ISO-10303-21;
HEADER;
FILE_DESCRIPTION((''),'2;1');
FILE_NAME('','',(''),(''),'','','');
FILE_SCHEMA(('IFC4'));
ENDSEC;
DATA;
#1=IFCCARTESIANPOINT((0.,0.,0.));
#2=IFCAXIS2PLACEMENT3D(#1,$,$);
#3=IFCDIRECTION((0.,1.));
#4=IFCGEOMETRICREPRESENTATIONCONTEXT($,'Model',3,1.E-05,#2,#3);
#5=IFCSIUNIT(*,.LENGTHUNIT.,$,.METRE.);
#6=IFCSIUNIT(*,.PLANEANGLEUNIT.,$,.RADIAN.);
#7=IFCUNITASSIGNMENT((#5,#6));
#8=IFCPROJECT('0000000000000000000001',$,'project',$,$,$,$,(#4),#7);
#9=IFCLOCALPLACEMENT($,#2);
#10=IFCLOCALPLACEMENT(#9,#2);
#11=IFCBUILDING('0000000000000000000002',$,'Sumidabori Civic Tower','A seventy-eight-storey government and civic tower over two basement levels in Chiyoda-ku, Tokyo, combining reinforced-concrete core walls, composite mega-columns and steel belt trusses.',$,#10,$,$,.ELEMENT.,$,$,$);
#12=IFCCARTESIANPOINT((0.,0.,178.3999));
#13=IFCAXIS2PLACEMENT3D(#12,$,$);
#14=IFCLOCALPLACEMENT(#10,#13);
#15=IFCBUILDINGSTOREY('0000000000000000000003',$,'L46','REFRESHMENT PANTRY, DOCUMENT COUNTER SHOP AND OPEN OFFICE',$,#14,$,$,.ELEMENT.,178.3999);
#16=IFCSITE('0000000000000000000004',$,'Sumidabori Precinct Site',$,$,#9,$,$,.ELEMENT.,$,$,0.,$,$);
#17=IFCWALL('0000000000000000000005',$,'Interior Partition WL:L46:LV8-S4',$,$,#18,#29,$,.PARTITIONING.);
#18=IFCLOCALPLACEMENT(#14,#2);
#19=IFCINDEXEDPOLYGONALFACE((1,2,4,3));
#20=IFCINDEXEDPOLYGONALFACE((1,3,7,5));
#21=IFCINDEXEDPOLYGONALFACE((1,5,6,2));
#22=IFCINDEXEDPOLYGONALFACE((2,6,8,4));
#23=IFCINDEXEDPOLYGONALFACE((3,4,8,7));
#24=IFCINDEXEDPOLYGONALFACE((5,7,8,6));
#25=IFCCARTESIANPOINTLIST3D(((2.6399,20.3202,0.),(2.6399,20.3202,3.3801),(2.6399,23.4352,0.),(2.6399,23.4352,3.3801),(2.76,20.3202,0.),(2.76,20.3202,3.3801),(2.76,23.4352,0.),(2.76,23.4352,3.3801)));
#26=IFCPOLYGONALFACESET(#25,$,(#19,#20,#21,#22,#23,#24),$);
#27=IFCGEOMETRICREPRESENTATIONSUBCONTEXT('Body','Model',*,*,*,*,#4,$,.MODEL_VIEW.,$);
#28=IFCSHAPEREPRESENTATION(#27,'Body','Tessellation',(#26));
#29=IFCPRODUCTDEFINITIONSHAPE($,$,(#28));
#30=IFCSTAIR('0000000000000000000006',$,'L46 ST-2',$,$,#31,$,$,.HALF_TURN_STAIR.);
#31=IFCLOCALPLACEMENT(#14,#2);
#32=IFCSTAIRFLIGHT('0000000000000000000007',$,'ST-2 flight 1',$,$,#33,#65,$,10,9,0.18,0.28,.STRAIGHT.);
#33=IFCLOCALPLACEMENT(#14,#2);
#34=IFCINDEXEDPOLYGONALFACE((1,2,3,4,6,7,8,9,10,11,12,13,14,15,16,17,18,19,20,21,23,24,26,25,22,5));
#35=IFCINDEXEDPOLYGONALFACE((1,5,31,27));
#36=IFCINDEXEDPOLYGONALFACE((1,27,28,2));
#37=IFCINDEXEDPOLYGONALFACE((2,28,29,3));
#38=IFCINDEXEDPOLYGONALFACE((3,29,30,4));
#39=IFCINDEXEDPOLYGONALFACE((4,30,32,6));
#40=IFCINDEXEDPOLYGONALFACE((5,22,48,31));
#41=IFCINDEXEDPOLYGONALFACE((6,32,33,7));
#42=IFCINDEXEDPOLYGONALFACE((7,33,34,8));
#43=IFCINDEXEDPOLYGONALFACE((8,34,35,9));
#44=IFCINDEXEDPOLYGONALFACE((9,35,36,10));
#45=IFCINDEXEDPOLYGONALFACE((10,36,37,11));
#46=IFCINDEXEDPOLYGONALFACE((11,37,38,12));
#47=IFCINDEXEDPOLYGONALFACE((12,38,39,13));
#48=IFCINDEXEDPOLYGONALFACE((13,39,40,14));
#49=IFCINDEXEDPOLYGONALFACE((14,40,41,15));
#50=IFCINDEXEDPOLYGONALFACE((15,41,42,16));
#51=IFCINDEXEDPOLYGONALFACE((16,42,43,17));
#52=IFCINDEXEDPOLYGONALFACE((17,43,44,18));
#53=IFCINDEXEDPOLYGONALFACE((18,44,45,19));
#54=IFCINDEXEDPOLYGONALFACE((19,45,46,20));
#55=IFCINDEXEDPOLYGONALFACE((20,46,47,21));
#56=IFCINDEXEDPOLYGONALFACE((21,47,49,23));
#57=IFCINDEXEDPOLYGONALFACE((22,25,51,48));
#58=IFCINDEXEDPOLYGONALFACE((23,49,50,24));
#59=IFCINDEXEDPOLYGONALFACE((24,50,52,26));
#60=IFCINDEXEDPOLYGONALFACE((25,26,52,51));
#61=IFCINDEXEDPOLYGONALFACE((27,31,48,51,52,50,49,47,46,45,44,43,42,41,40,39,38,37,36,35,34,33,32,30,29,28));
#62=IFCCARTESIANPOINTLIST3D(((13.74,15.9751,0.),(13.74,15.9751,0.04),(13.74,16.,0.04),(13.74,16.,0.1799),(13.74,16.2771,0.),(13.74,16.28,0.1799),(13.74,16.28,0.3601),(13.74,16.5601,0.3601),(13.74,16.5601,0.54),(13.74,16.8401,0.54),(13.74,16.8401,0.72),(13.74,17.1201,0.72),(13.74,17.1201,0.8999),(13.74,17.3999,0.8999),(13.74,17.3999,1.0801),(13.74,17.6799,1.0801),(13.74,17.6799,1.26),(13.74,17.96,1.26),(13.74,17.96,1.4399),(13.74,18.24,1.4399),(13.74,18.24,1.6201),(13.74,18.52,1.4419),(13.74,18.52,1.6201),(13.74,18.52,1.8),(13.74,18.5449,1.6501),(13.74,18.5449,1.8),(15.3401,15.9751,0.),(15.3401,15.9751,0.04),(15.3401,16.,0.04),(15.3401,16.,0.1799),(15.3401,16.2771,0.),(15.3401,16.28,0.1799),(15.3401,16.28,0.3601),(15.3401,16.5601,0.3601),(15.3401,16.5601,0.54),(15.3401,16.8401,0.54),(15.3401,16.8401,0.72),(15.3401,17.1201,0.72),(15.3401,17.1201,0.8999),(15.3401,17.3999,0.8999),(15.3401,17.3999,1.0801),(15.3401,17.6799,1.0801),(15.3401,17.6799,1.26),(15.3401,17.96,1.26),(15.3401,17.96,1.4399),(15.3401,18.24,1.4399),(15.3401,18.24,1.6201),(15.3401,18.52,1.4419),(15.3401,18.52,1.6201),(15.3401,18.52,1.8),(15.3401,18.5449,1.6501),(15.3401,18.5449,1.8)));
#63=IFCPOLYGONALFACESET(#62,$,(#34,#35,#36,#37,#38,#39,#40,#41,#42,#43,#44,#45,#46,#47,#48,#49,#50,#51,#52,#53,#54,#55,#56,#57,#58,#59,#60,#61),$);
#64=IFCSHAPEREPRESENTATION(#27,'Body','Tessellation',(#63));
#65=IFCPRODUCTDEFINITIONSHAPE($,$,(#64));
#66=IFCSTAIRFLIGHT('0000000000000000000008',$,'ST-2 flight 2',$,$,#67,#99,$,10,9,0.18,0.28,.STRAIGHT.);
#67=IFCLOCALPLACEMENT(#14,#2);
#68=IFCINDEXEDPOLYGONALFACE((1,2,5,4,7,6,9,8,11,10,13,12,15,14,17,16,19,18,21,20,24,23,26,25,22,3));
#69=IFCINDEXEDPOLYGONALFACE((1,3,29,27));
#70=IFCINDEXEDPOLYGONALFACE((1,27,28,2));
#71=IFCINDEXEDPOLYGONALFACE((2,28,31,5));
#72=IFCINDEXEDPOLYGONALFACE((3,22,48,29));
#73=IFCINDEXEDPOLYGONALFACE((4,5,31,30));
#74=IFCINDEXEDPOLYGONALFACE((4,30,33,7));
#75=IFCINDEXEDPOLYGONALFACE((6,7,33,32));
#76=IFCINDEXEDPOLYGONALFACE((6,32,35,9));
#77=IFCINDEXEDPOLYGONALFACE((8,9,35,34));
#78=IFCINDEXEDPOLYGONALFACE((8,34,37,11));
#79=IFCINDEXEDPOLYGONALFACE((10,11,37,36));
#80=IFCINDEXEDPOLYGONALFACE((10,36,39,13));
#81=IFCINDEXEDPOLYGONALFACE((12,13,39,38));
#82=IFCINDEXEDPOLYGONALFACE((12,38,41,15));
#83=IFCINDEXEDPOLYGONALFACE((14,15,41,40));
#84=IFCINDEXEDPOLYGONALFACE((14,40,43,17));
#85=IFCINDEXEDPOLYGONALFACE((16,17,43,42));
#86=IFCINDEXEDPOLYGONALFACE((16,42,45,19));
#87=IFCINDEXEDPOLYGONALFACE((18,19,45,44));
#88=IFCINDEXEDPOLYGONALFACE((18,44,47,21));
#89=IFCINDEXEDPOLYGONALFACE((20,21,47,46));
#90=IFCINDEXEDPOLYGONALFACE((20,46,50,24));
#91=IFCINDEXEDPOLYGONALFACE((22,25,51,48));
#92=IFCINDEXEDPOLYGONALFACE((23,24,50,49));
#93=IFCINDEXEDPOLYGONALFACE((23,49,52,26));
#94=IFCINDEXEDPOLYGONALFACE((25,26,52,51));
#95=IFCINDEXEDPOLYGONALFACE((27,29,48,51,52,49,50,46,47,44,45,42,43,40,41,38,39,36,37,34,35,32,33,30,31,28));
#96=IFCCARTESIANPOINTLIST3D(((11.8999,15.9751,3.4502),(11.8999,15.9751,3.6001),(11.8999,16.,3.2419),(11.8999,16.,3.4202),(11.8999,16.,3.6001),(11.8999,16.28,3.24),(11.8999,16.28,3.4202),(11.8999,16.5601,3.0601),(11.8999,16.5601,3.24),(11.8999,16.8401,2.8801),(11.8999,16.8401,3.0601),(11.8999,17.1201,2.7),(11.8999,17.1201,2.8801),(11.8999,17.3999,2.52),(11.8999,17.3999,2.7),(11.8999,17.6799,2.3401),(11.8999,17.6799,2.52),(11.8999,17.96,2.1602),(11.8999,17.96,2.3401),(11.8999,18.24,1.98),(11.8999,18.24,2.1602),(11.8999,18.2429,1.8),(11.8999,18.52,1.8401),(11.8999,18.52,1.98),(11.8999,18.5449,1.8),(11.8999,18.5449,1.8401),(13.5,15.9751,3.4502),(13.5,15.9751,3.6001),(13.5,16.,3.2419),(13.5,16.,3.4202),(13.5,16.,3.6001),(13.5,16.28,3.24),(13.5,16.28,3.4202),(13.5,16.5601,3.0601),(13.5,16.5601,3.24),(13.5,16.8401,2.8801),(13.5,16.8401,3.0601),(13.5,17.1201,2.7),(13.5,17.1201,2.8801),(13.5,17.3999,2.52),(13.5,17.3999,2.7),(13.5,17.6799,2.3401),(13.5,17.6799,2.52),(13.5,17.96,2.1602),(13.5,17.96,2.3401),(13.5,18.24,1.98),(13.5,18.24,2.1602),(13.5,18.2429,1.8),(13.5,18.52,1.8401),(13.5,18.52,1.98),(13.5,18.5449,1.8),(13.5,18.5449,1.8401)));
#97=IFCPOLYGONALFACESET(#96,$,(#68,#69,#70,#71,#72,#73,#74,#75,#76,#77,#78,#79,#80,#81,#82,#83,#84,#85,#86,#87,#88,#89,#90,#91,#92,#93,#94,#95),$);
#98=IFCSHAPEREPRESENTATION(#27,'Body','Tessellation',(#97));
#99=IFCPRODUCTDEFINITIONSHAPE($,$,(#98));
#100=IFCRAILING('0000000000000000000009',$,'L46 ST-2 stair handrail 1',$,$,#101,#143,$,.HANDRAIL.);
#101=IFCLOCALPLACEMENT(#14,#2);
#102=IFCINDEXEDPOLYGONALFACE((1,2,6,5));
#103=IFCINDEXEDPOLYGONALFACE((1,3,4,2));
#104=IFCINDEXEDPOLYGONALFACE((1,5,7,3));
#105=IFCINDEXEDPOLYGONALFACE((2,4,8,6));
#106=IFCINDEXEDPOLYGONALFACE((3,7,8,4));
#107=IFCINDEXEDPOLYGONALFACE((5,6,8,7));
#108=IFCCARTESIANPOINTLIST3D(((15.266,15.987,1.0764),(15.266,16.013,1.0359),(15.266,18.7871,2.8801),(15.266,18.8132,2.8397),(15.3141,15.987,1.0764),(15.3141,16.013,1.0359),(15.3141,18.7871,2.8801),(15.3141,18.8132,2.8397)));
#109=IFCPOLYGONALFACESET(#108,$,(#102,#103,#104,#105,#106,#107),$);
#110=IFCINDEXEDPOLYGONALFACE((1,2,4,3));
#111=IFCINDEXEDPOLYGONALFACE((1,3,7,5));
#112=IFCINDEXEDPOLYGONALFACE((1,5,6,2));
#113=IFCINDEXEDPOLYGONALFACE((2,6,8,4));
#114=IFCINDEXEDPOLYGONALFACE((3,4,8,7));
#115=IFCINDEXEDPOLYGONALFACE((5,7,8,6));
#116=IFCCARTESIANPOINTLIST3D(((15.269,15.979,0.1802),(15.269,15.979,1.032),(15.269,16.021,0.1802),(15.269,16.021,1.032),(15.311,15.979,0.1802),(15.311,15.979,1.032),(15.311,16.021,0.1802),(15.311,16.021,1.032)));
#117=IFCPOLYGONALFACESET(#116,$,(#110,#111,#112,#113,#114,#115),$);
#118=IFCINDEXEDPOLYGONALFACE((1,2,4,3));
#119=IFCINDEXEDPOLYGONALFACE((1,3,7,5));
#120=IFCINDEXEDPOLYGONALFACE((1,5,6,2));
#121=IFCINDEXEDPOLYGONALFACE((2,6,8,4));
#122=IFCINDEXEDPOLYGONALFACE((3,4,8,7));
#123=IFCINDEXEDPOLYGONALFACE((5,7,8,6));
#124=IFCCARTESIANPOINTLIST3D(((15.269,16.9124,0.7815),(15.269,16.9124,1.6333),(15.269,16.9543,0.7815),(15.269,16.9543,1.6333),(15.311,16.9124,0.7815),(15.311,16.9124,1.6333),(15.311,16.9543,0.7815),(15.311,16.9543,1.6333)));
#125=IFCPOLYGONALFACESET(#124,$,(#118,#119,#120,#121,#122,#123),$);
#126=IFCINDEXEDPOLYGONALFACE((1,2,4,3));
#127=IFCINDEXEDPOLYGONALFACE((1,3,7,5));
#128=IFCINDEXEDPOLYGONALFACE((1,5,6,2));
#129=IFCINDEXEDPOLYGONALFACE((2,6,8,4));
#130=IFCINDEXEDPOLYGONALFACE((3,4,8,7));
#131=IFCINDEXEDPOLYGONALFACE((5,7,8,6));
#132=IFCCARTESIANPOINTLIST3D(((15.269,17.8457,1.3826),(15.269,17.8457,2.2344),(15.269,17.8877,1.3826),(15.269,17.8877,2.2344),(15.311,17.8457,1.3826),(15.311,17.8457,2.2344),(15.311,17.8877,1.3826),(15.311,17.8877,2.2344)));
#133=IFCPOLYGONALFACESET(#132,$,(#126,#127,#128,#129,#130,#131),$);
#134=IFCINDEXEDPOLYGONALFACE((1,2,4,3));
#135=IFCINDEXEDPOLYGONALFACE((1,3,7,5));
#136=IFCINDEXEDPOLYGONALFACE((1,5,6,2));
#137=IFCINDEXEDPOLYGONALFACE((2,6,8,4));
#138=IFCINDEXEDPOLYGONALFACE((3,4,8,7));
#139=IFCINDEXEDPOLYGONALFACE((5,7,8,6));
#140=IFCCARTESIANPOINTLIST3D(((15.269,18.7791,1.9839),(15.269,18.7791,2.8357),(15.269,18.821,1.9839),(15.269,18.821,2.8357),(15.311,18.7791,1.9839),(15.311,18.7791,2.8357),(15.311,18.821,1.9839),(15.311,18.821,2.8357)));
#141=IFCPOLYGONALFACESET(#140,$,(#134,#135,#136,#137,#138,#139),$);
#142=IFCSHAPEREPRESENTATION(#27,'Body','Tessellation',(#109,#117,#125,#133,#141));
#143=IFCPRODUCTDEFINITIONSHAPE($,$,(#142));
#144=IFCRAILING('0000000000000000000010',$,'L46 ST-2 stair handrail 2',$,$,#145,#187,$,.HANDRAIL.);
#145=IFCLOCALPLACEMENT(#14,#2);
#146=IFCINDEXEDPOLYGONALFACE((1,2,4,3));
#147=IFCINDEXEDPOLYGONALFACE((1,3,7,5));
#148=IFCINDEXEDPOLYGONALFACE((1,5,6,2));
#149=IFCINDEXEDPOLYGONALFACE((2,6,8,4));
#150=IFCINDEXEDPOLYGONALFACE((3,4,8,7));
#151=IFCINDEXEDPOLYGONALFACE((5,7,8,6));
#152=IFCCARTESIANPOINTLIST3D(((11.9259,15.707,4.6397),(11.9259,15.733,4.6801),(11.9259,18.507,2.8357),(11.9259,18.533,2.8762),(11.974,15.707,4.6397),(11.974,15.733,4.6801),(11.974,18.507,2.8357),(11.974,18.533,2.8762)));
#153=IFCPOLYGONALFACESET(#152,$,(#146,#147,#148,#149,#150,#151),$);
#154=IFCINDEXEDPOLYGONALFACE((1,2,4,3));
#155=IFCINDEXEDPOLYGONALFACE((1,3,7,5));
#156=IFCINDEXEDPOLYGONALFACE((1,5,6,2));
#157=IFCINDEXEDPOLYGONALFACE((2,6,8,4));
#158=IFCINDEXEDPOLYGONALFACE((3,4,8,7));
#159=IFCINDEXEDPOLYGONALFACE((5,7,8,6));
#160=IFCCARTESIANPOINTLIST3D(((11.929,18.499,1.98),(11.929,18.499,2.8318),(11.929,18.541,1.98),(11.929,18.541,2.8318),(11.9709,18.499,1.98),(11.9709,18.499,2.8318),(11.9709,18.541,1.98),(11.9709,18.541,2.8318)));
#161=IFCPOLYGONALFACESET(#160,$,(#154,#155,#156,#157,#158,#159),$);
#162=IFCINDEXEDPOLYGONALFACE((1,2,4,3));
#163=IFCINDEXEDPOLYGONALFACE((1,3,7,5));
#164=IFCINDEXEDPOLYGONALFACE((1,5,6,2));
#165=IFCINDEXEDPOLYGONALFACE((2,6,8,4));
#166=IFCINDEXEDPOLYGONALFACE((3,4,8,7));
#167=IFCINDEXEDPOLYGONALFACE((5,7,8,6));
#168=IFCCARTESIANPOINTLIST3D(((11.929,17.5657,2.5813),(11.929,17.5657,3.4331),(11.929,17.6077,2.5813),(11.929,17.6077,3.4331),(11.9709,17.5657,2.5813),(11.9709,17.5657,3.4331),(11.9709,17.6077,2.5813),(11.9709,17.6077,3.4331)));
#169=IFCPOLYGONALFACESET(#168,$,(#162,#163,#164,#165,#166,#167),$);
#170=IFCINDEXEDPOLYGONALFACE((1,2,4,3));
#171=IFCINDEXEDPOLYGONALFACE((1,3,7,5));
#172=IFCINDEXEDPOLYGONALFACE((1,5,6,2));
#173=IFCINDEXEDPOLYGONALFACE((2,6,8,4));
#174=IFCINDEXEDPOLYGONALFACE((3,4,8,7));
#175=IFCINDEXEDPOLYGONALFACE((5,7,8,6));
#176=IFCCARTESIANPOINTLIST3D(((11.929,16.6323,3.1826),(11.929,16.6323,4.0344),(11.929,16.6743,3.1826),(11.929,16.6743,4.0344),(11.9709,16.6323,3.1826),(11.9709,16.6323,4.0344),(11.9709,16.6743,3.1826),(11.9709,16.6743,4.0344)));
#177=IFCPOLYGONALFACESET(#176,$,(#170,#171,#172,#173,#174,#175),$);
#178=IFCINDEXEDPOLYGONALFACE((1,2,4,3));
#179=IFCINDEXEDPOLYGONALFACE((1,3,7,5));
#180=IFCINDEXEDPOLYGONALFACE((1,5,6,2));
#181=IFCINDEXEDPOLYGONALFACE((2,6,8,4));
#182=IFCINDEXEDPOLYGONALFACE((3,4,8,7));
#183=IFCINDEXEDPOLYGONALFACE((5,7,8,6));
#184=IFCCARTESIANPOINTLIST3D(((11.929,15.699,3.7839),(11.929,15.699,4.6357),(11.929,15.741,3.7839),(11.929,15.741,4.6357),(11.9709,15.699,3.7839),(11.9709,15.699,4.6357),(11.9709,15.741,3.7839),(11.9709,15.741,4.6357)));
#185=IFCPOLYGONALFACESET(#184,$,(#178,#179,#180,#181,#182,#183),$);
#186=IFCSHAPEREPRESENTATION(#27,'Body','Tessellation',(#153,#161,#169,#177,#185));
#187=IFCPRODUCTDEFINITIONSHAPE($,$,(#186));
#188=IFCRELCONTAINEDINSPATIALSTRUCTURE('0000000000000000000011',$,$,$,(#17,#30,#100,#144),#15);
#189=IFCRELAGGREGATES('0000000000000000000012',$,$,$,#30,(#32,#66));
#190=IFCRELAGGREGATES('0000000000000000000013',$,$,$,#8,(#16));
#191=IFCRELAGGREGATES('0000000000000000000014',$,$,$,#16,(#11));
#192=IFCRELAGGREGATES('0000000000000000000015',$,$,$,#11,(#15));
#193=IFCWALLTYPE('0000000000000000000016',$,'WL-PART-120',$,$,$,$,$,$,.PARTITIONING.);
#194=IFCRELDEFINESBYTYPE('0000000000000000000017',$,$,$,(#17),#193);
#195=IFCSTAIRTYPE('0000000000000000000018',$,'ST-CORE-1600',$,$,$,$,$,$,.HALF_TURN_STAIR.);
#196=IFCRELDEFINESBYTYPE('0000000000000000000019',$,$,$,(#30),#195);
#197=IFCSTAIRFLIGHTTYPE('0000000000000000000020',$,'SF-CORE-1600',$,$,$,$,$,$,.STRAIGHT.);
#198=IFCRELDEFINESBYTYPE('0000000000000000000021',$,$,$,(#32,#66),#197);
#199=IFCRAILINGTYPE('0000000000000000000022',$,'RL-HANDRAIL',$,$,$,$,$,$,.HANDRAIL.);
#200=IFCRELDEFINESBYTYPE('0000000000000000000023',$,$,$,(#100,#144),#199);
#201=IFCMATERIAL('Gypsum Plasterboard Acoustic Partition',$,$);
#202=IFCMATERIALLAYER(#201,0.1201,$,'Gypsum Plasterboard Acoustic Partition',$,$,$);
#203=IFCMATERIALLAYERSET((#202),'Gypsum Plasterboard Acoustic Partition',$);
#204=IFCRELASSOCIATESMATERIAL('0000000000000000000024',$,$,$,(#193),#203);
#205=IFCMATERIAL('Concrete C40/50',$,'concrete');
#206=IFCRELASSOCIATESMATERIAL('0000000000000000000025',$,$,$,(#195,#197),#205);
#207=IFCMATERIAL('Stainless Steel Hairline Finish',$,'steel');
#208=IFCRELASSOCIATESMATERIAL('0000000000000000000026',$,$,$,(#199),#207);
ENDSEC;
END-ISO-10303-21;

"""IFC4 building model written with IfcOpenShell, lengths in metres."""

from ifc_helpers import new_model, si_unit, direction, frame, frame_2d, origin, origin_2d, place, context, subcontext, project, spatial, polyline, rectangle, outline, extrude, source, transform, mapped, material, layer, layer_set, type_object, element, aggregate, save


model = new_model("IFC4")

# Units and contexts
model_context = context("Model", 3, precision=1e-05, world=origin(), true_north=direction((0.0, 1.0)))
body_context = subcontext(model_context, "Body", "Model", "MODEL_VIEW")
ifc_project = project(units=[si_unit("LENGTHUNIT", "METRE"), si_unit("PLANEANGLEUNIT", "RADIAN")], contexts=[model_context])

# Site, building, storey
site_placement = place(None, origin())
site = spatial("IfcSite", under=ifc_project, at=site_placement, Name="Sumidabori Precinct Site", CompositionType="ELEMENT", RefElevation=0.0)
building_placement = place(site_placement, origin())
building = spatial("IfcBuilding", under=site, at=building_placement, Name="Sumidabori Civic Tower", Description="A seventy-eight-storey government and civic tower over two basement levels in Chiyoda-ku, Tokyo, combining reinforced-concrete core walls, composite mega-columns and steel belt trusses.", CompositionType="ELEMENT")
storey_placement = place(building_placement, frame((0.0, 0.0, 178.3999)))
storey = spatial("IfcBuildingStorey", under=building, at=storey_placement, Name="L46", Description="REFRESHMENT PANTRY, DOCUMENT COUNTER SHOP AND OPEN OFFICE", CompositionType="ELEMENT", Elevation=178.3999)

# Wall
ifc_material_1 = material(Name="Gypsum Plasterboard Acoustic Partition")
ifc_layer_1 = layer(ifc_material_1, 0.1201, Name="Gypsum Plasterboard Acoustic Partition")
ifc_layer_set_1 = layer_set([ifc_layer_1], Name="Gypsum Plasterboard Acoustic Partition")
wall_type_1 = type_object("IfcWallType", Name="WL-PART-120", PredefinedType="PARTITIONING", material=ifc_layer_set_1)
shared_shape_1 = source(origin(), body_context, "Body", "SweptSolid", [
    extrude(rectangle(XDim=3.115, YDim=0.1201, at=frame_2d((1.5576, 0.0))), origin(), (0.0, 0.0, 1.0), 3.3801),
])
wall_1_placement = place(storey_placement, frame((2.7, 20.3201, 0.0), z_axis=(0.0, 0.0, 1.0), x_axis=(0.0, 1.0, 0.0)))
element("IfcWall", 1, at=wall_1_placement, inside=storey, type_object=wall_type_1, Name="Interior Partition WL:L46:LV8-S4", PredefinedType="PARTITIONING", context=body_context, shape_type="MappedRepresentation", body=[
    mapped(shared_shape_1, transform((0.0, 0.0, 0.0), x_axis=(1.0, 0.0, 0.0), y_axis=(0.0, 1.0, 0.0), z_axis=(0.0, 0.0, 1.0), scale=1.0)),
])

# Stair, stair flights
ifc_material_2 = material(Name="Concrete C40/50", Category="concrete")
stair_type = type_object("IfcStairType", Name="ST-CORE-1600", PredefinedType="HALF_TURN_STAIR", material=ifc_material_2)
stair_placement = place(storey_placement, origin())
stair = element("IfcStair", 2, at=stair_placement, inside=storey, type_object=stair_type, Name="L46 ST-2", PredefinedType="HALF_TURN_STAIR")
stair_flight_type = type_object("IfcStairFlightType", Name="SF-CORE-1600", PredefinedType="STRAIGHT", material=ifc_material_2)
shared_shape_2 = source(origin(), body_context, "Body", "SweptSolid", [
    extrude(outline(polyline([(-0.0249, 0.0), (-0.0249, 0.04), (0.0, 0.04), (0.0, 0.1799), (0.28, 0.1799), (0.28, 0.3601), (0.5601, 0.3601), (0.5601, 0.54), (0.8401, 0.54), (0.8401, 0.72), (1.1201, 0.72), (1.1201, 0.8999), (1.3999, 0.8999), (1.3999, 1.0801), (1.6799, 1.0801), (1.6799, 1.26), (1.96, 1.26), (1.96, 1.4399), (2.24, 1.4399), (2.24, 1.6201), (2.52, 1.6201), (2.52, 1.8), (2.5449, 1.8), (2.5449, 1.6501), (2.52, 1.4419), (0.2771, 0.0), (-0.0249, 0.0)])), frame((0.0, 0.8, 0.0), z_axis=(0.0, -1.0, 0.0), x_axis=(1.0, 0.0, 0.0)), (0.0, 0.0, 1.0), 1.6001),
])
stair_flight_1_placement = place(storey_placement, frame((14.54, 16.0, 0.0), z_axis=(0.0, 0.0, 1.0), x_axis=(0.0, 1.0, 0.0)))
stair_flight_1 = element("IfcStairFlight", 3, at=stair_flight_1_placement, type_object=stair_flight_type, Name="ST-2 flight 1", NumberOfRisers=10, NumberOfTreads=9, PredefinedType="STRAIGHT", RiserHeight=0.18, TreadLength=0.28, context=body_context, shape_type="MappedRepresentation", body=[
    mapped(shared_shape_2, transform((0.0, 0.0, 0.0), x_axis=(1.0, 0.0, 0.0), y_axis=(0.0, 1.0, 0.0), z_axis=(0.0, 0.0, 1.0), scale=1.0)),
])
stair_flight_2_placement = place(storey_placement, frame((12.7, 18.52, 1.8), z_axis=(0.0, 0.0, 1.0), x_axis=(0.0, -1.0, 0.0)))
stair_flight_2 = element("IfcStairFlight", 4, at=stair_flight_2_placement, type_object=stair_flight_type, Name="ST-2 flight 2", NumberOfRisers=10, NumberOfTreads=9, PredefinedType="STRAIGHT", RiserHeight=0.18, TreadLength=0.28, context=body_context, shape_type="MappedRepresentation", body=[
    mapped(shared_shape_2, transform((0.0, 0.0, 0.0), x_axis=(1.0, 0.0, 0.0), y_axis=(0.0, 1.0, 0.0), z_axis=(0.0, 0.0, 1.0), scale=1.0)),
])
aggregate(stair, [stair_flight_1, stair_flight_2])

# Railings
ifc_material_3 = material(Name="Stainless Steel Hairline Finish", Category="steel")
railing_type_1 = type_object("IfcRailingType", Name="RL-HANDRAIL", PredefinedType="HANDRAIL", material=ifc_material_3)
railing_1_placement = place(storey_placement, frame((15.29, 16.0, 0.1802)))
element("IfcRailing", 5, at=railing_1_placement, inside=storey, type_object=railing_type_1, Name="L46 ST-2 stair handrail 1", PredefinedType="HANDRAIL", context=body_context, shape_type="SweptSolid", body=[
    extrude(rectangle(XDim=0.0481, YDim=0.0481, at=origin_2d()), frame((0.0, 0.0, 0.876), z_axis=(0.0, 0.840676, 0.541539), x_axis=(-1.0, 0.0, 0.0)), (0.0, 0.0, 1.0), 3.3308),
    extrude(rectangle(XDim=0.042, YDim=0.042, at=origin_2d()), origin(), (0.0, 0.0, 1.0), 0.8518),
    extrude(rectangle(XDim=0.042, YDim=0.042, at=origin_2d()), frame((0.0, 0.9333, 0.6013)), (0.0, 0.0, 1.0), 0.8518),
    extrude(rectangle(XDim=0.042, YDim=0.042, at=origin_2d()), frame((0.0, 1.8667, 1.2024)), (0.0, 0.0, 1.0), 0.8518),
    extrude(rectangle(XDim=0.042, YDim=0.042, at=origin_2d()), frame((0.0, 2.8, 1.8037)), (0.0, 0.0, 1.0), 0.8518),
])
railing_2_placement = place(storey_placement, frame((11.95, 18.52, 1.98)))
element("IfcRailing", 6, at=railing_2_placement, inside=storey, type_object=railing_type_1, Name="L46 ST-2 stair handrail 2", PredefinedType="HANDRAIL", context=body_context, shape_type="SweptSolid", body=[
    extrude(rectangle(XDim=0.0481, YDim=0.0481, at=origin_2d()), frame((0.0, 0.0, 0.876), z_axis=(0.0, -0.840642, 0.541591), x_axis=(1.0, 0.0, 0.0)), (0.0, 0.0, 1.0), 3.3308),
    extrude(rectangle(XDim=0.042, YDim=0.042, at=origin_2d()), origin(), (0.0, 0.0, 1.0), 0.8518),
    extrude(rectangle(XDim=0.042, YDim=0.042, at=origin_2d()), frame((0.0, -0.9333, 0.6013)), (0.0, 0.0, 1.0), 0.8518),
    extrude(rectangle(XDim=0.042, YDim=0.042, at=origin_2d()), frame((0.0, -1.8667, 1.2026)), (0.0, 0.0, 1.0), 0.8518),
    extrude(rectangle(XDim=0.042, YDim=0.042, at=origin_2d()), frame((0.0, -2.8, 1.804)), (0.0, 0.0, 1.0), 0.8518),
])

save(model, "model.ifc")
